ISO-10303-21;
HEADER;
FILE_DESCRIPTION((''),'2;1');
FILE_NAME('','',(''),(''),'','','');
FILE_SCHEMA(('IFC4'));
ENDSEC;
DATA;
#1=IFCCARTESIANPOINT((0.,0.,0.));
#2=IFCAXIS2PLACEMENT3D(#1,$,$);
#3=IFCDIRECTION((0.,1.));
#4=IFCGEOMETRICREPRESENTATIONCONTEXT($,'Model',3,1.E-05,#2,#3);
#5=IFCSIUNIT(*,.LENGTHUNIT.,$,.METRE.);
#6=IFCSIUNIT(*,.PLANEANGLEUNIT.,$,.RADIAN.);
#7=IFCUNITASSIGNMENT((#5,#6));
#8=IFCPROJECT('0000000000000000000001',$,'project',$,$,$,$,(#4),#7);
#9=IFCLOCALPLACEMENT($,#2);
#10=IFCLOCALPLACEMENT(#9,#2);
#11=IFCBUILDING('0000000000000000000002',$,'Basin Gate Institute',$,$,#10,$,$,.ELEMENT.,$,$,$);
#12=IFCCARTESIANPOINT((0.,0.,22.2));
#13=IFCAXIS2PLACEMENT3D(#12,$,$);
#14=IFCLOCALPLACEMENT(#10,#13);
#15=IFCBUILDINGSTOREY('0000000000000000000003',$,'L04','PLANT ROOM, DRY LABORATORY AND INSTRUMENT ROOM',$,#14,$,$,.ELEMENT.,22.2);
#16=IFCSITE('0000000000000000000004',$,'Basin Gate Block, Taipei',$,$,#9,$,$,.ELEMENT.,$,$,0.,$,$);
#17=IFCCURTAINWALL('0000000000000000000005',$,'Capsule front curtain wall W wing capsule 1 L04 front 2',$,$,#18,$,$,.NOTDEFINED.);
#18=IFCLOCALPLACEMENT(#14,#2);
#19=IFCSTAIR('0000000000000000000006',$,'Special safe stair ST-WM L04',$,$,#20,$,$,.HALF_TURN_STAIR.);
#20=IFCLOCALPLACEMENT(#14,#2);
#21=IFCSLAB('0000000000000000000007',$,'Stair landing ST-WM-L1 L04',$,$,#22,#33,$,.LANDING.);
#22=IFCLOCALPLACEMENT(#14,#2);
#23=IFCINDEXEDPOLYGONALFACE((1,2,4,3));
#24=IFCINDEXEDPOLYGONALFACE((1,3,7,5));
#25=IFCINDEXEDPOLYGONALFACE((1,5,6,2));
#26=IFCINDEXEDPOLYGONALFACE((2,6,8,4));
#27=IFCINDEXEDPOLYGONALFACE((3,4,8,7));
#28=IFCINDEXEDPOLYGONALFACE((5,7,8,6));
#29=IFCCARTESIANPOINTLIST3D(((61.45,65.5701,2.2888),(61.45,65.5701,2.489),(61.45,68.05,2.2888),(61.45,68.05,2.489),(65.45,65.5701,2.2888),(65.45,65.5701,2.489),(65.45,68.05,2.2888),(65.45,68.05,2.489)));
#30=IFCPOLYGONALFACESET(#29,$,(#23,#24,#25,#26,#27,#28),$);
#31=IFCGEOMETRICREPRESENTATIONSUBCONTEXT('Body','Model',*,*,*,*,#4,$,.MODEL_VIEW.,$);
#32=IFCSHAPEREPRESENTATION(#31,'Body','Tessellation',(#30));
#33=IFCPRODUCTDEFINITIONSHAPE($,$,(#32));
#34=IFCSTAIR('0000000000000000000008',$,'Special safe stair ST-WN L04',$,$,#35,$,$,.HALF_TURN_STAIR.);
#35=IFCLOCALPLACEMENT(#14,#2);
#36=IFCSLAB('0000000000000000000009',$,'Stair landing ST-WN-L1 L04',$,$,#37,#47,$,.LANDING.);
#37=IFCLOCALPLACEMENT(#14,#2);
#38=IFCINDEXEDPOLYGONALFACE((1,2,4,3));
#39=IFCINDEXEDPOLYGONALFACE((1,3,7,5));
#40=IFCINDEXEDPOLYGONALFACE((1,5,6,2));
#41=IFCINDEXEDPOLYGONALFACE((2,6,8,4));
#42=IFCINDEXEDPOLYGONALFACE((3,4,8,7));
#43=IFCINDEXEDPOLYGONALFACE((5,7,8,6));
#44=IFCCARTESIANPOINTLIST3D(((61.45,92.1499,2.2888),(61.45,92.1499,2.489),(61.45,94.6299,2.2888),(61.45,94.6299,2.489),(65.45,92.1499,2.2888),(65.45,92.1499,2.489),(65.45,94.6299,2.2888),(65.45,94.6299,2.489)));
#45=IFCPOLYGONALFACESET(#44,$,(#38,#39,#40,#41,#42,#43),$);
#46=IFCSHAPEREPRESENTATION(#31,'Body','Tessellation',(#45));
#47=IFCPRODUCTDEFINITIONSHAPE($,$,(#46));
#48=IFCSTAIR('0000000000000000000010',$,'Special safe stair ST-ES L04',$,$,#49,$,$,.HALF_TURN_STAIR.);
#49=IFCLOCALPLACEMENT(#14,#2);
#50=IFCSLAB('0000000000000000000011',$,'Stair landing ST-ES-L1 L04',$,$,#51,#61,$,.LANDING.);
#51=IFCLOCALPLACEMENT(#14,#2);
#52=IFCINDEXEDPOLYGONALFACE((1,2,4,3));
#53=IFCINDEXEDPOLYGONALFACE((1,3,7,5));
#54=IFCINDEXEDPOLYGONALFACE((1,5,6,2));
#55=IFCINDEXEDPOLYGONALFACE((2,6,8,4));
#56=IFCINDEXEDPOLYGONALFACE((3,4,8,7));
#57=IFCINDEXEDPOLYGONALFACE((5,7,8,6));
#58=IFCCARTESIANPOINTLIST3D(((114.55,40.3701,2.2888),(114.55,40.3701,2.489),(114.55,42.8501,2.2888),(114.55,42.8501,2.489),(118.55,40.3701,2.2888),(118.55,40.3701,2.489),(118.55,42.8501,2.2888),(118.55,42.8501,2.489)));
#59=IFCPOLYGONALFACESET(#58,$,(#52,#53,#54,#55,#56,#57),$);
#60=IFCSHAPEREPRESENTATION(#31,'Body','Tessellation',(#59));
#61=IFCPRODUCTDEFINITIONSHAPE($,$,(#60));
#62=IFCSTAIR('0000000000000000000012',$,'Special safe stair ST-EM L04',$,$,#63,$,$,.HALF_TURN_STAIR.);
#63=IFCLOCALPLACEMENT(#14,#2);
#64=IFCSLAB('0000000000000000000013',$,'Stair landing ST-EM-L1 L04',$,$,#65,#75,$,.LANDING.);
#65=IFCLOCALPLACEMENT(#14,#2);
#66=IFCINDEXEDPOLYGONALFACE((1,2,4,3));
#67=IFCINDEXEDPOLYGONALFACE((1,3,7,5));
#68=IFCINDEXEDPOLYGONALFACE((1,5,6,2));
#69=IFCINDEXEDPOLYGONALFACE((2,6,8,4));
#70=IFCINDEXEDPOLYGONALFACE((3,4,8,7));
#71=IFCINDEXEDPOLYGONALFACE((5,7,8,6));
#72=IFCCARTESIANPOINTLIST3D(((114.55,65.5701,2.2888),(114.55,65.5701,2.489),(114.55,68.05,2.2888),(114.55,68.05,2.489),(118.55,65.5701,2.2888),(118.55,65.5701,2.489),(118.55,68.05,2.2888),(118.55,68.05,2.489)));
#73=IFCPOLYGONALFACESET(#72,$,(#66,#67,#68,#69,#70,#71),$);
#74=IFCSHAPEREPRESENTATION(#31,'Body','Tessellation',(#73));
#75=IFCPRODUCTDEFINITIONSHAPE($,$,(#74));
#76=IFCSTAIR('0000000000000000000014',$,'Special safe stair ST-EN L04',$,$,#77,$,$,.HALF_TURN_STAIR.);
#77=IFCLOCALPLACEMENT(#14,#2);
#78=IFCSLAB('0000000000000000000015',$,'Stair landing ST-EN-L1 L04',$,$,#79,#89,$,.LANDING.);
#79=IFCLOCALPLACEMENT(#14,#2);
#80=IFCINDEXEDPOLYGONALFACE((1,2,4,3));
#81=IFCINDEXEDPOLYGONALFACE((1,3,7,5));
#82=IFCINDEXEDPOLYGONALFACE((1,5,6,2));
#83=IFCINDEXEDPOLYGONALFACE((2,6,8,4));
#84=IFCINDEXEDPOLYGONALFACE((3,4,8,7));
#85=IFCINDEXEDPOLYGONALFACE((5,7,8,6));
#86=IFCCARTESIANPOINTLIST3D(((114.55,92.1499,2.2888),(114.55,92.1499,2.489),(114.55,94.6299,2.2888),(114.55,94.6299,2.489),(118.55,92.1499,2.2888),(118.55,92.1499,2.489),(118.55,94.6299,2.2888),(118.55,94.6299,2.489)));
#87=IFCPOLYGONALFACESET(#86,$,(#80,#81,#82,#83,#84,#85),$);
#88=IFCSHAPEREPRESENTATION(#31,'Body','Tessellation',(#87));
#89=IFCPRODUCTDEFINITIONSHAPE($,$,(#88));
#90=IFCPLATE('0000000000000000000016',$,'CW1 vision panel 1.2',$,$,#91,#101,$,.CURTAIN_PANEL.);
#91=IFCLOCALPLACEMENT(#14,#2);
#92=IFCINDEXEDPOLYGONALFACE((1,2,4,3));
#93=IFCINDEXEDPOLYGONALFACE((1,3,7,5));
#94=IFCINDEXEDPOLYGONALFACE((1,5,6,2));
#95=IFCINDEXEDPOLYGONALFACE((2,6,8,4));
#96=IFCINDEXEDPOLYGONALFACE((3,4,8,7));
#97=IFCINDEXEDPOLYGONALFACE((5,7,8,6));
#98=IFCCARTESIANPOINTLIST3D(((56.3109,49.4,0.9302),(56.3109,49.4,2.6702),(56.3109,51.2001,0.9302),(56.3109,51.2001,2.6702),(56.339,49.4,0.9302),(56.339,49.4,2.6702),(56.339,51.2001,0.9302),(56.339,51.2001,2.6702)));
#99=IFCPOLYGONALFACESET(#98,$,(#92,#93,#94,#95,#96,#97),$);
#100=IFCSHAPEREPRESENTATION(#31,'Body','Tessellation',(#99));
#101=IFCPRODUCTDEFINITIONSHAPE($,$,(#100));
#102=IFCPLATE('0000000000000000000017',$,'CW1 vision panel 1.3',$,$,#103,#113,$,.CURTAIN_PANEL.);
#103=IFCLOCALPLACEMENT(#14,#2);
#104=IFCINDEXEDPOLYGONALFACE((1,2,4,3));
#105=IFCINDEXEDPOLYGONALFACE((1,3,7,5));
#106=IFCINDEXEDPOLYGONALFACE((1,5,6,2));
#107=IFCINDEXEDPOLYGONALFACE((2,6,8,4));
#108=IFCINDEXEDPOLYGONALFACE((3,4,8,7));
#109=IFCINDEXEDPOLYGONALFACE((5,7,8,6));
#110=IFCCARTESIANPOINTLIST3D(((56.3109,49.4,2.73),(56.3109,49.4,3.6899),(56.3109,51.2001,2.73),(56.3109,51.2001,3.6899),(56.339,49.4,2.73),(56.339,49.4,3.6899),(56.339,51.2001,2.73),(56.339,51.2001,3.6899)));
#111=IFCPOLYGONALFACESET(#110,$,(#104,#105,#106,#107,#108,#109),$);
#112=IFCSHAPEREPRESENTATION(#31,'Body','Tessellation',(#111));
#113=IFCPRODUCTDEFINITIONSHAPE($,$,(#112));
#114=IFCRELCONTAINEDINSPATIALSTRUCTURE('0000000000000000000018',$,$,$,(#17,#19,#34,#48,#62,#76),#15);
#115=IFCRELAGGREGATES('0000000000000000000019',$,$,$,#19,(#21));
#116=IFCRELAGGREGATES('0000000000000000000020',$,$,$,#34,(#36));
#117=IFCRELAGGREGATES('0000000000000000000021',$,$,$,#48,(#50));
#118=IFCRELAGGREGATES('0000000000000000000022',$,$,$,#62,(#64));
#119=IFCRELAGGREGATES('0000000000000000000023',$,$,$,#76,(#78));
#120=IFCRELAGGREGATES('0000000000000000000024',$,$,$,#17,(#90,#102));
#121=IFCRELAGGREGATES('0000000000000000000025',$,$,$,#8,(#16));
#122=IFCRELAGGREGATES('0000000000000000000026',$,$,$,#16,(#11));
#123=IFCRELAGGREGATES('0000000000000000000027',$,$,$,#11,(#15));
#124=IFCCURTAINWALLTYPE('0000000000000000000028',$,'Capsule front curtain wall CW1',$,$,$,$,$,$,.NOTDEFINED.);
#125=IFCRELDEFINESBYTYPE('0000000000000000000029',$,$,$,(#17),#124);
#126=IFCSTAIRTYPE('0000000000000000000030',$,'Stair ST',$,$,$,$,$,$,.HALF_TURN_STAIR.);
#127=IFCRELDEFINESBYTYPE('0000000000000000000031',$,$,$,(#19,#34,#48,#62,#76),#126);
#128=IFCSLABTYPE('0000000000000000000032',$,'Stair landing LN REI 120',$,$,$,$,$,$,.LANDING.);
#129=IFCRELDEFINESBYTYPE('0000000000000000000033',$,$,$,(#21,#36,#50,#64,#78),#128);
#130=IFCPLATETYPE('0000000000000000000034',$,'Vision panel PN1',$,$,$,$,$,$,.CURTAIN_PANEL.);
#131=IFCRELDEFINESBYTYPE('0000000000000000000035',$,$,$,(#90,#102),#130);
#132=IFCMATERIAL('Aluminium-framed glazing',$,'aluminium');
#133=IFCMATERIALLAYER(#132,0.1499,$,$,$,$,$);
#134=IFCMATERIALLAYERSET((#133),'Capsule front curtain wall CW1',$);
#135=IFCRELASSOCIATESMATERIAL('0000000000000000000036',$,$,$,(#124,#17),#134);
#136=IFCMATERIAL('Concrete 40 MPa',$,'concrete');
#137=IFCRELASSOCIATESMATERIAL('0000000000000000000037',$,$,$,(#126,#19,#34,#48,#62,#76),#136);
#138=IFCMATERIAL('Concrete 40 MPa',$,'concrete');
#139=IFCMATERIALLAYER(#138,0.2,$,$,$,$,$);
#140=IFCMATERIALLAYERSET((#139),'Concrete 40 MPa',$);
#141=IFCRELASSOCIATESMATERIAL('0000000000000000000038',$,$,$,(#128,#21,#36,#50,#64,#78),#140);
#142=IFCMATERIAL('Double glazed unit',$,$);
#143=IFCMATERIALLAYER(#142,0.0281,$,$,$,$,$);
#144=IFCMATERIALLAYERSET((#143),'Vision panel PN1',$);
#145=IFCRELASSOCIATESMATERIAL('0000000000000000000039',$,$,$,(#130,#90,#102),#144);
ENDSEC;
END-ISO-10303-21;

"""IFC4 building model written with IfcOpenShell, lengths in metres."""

from ifc_helpers import new_model, si_unit, direction, frame, origin, origin_2d, place, context, subcontext, project, spatial, polyline, rectangle, outline, extrude, material, layer, layer_set, type_object, element, aggregate, save


model = new_model("IFC4")

# Units and contexts
model_context = context("Model", 3, precision=1e-05, world=origin(), true_north=direction((0.0, 1.0)))
body_context = subcontext(model_context, "Body", "Model", "MODEL_VIEW")
ifc_project = project(units=[si_unit("LENGTHUNIT", "METRE"), si_unit("PLANEANGLEUNIT", "RADIAN")], contexts=[model_context])

# Site, building, storey
site_placement = place(None, origin())
site = spatial("IfcSite", under=ifc_project, at=site_placement, Name="Basin Gate Block, Taipei", CompositionType="ELEMENT", RefElevation=0.0)
building_placement = place(site_placement, origin())
building = spatial("IfcBuilding", under=site, at=building_placement, Name="Basin Gate Institute", CompositionType="ELEMENT")
storey_placement = place(building_placement, frame((0.0, 0.0, 22.2)))
storey = spatial("IfcBuildingStorey", under=building, at=storey_placement, Name="L04", Description="PLANT ROOM, DRY LABORATORY AND INSTRUMENT ROOM", CompositionType="ELEMENT", Elevation=22.2)

# Curtain wall
ifc_material_1 = material(Name="Aluminium-framed glazing", Category="aluminium")
ifc_layer_1 = layer(ifc_material_1, 0.1499)
ifc_layer_set_1 = layer_set([ifc_layer_1], Name="Capsule front curtain wall CW1")
curtain_wall_type = type_object("IfcCurtainWallType", Name="Capsule front curtain wall CW1", PredefinedType="NOTDEFINED", material=ifc_layer_set_1)
curtain_wall_placement = place(storey_placement, origin())
curtain_wall = element("IfcCurtainWall", 1, at=curtain_wall_placement, inside=storey, type_object=curtain_wall_type, material=ifc_layer_set_1, Name="Capsule front curtain wall W wing capsule 1 L04 front 2", PredefinedType="NOTDEFINED")

# Stairs, slabs
ifc_material_2 = material(Name="Concrete 40 MPa", Category="concrete")
stair_type = type_object("IfcStairType", Name="Stair ST", PredefinedType="HALF_TURN_STAIR", material=ifc_material_2)
ifc_material_3 = material(Name="Concrete 40 MPa", Category="concrete")
ifc_layer_2 = layer(ifc_material_3, 0.2)
ifc_layer_set_2 = layer_set([ifc_layer_2], Name="Concrete 40 MPa")
slab_type_1 = type_object("IfcSlabType", Name="Stair landing LN REI 120", PredefinedType="LANDING", material=ifc_layer_set_2)
stair_1_placement = place(storey_placement, origin())
stair_1 = element("IfcStair", 2, at=stair_1_placement, inside=storey, type_object=stair_type, material=ifc_material_2, Name="Special safe stair ST-WM L04", PredefinedType="HALF_TURN_STAIR")
slab_1_placement = place(storey_placement, frame((0.0, 0.0, 2.2888)))
slab_1 = element("IfcSlab", 3, at=slab_1_placement, type_object=slab_type_1, material=ifc_layer_set_2, Name="Stair landing ST-WM-L1 L04", PredefinedType="LANDING", context=body_context, shape_type="SweptSolid", body=[
    extrude(outline(polyline([(61.45, 65.5701), (65.45, 65.5701), (65.45, 68.05), (61.45, 68.05), (61.45, 65.5701)])), origin(), (0.0, 0.0, 1.0), 0.2002),
])
aggregate(stair_1, [slab_1])
stair_2_placement = place(storey_placement, origin())
stair_2 = element("IfcStair", 4, at=stair_2_placement, inside=storey, type_object=stair_type, material=ifc_material_2, Name="Special safe stair ST-WN L04", PredefinedType="HALF_TURN_STAIR")
slab_2_placement = place(storey_placement, frame((0.0, 0.0, 2.2888)))
slab_2 = element("IfcSlab", 5, at=slab_2_placement, type_object=slab_type_1, material=ifc_layer_set_2, Name="Stair landing ST-WN-L1 L04", PredefinedType="LANDING", context=body_context, shape_type="SweptSolid", body=[
    extrude(outline(polyline([(61.45, 92.1499), (65.45, 92.1499), (65.45, 94.6299), (61.45, 94.6299), (61.45, 92.1499)])), origin(), (0.0, 0.0, 1.0), 0.2002),
])
aggregate(stair_2, [slab_2])
stair_3_placement = place(storey_placement, origin())
stair_3 = element("IfcStair", 6, at=stair_3_placement, inside=storey, type_object=stair_type, material=ifc_material_2, Name="Special safe stair ST-ES L04", PredefinedType="HALF_TURN_STAIR")
slab_3_placement = place(storey_placement, frame((0.0, 0.0, 2.2888)))
slab_3 = element("IfcSlab", 7, at=slab_3_placement, type_object=slab_type_1, material=ifc_layer_set_2, Name="Stair landing ST-ES-L1 L04", PredefinedType="LANDING", context=body_context, shape_type="SweptSolid", body=[
    extrude(outline(polyline([(118.55, 42.8501), (114.55, 42.8501), (114.55, 40.3701), (118.55, 40.3701), (118.55, 42.8501)])), origin(), (0.0, 0.0, 1.0), 0.2002),
])
aggregate(stair_3, [slab_3])
stair_4_placement = place(storey_placement, origin())
stair_4 = element("IfcStair", 8, at=stair_4_placement, inside=storey, type_object=stair_type, material=ifc_material_2, Name="Special safe stair ST-EM L04", PredefinedType="HALF_TURN_STAIR")
slab_4_placement = place(storey_placement, frame((0.0, 0.0, 2.2888)))
slab_4 = element("IfcSlab", 9, at=slab_4_placement, type_object=slab_type_1, material=ifc_layer_set_2, Name="Stair landing ST-EM-L1 L04", PredefinedType="LANDING", context=body_context, shape_type="SweptSolid", body=[
    extrude(outline(polyline([(118.55, 68.05), (114.55, 68.05), (114.55, 65.5701), (118.55, 65.5701), (118.55, 68.05)])), origin(), (0.0, 0.0, 1.0), 0.2002),
])
aggregate(stair_4, [slab_4])
stair_5_placement = place(storey_placement, origin())
stair_5 = element("IfcStair", 10, at=stair_5_placement, inside=storey, type_object=stair_type, material=ifc_material_2, Name="Special safe stair ST-EN L04", PredefinedType="HALF_TURN_STAIR")
slab_5_placement = place(storey_placement, frame((0.0, 0.0, 2.2888)))
slab_5 = element("IfcSlab", 11, at=slab_5_placement, type_object=slab_type_1, material=ifc_layer_set_2, Name="Stair landing ST-EN-L1 L04", PredefinedType="LANDING", context=body_context, shape_type="SweptSolid", body=[
    extrude(outline(polyline([(118.55, 94.6299), (114.55, 94.6299), (114.55, 92.1499), (118.55, 92.1499), (118.55, 94.6299)])), origin(), (0.0, 0.0, 1.0), 0.2002),
])
aggregate(stair_5, [slab_5])

# Plates
ifc_material_4 = material(Name="Double glazed unit")
ifc_layer_3 = layer(ifc_material_4, 0.0281)
ifc_layer_set_3 = layer_set([ifc_layer_3], Name="Vision panel PN1")
plate_type_1 = type_object("IfcPlateType", Name="Vision panel PN1", PredefinedType="CURTAIN_PANEL", material=ifc_layer_set_3)
plate_1_placement = place(storey_placement, frame((56.325, 50.3, 0.9302), z_axis=(0.0, 0.0, 1.0), x_axis=(0.0, 1.0, 0.0)))
plate_1 = element("IfcPlate", 12, at=plate_1_placement, type_object=plate_type_1, material=ifc_layer_set_3, Name="CW1 vision panel 1.2", PredefinedType="CURTAIN_PANEL", context=body_context, shape_type="SweptSolid", body=[
    extrude(rectangle(XDim=1.8, YDim=0.0281, at=origin_2d()), origin(), (0.0, 0.0, 1.0), 1.74),
])
plate_2_placement = place(storey_placement, frame((56.325, 50.3, 2.73), z_axis=(0.0, 0.0, 1.0), x_axis=(0.0, 1.0, 0.0)))
plate_2 = element("IfcPlate", 13, at=plate_2_placement, type_object=plate_type_1, material=ifc_layer_set_3, Name="CW1 vision panel 1.3", PredefinedType="CURTAIN_PANEL", context=body_context, shape_type="SweptSolid", body=[
    extrude(rectangle(XDim=1.8, YDim=0.0281, at=origin_2d()), origin(), (0.0, 0.0, 1.0), 0.96),
])
aggregate(curtain_wall, [plate_1, plate_2])

save(model, "model.ifc")
